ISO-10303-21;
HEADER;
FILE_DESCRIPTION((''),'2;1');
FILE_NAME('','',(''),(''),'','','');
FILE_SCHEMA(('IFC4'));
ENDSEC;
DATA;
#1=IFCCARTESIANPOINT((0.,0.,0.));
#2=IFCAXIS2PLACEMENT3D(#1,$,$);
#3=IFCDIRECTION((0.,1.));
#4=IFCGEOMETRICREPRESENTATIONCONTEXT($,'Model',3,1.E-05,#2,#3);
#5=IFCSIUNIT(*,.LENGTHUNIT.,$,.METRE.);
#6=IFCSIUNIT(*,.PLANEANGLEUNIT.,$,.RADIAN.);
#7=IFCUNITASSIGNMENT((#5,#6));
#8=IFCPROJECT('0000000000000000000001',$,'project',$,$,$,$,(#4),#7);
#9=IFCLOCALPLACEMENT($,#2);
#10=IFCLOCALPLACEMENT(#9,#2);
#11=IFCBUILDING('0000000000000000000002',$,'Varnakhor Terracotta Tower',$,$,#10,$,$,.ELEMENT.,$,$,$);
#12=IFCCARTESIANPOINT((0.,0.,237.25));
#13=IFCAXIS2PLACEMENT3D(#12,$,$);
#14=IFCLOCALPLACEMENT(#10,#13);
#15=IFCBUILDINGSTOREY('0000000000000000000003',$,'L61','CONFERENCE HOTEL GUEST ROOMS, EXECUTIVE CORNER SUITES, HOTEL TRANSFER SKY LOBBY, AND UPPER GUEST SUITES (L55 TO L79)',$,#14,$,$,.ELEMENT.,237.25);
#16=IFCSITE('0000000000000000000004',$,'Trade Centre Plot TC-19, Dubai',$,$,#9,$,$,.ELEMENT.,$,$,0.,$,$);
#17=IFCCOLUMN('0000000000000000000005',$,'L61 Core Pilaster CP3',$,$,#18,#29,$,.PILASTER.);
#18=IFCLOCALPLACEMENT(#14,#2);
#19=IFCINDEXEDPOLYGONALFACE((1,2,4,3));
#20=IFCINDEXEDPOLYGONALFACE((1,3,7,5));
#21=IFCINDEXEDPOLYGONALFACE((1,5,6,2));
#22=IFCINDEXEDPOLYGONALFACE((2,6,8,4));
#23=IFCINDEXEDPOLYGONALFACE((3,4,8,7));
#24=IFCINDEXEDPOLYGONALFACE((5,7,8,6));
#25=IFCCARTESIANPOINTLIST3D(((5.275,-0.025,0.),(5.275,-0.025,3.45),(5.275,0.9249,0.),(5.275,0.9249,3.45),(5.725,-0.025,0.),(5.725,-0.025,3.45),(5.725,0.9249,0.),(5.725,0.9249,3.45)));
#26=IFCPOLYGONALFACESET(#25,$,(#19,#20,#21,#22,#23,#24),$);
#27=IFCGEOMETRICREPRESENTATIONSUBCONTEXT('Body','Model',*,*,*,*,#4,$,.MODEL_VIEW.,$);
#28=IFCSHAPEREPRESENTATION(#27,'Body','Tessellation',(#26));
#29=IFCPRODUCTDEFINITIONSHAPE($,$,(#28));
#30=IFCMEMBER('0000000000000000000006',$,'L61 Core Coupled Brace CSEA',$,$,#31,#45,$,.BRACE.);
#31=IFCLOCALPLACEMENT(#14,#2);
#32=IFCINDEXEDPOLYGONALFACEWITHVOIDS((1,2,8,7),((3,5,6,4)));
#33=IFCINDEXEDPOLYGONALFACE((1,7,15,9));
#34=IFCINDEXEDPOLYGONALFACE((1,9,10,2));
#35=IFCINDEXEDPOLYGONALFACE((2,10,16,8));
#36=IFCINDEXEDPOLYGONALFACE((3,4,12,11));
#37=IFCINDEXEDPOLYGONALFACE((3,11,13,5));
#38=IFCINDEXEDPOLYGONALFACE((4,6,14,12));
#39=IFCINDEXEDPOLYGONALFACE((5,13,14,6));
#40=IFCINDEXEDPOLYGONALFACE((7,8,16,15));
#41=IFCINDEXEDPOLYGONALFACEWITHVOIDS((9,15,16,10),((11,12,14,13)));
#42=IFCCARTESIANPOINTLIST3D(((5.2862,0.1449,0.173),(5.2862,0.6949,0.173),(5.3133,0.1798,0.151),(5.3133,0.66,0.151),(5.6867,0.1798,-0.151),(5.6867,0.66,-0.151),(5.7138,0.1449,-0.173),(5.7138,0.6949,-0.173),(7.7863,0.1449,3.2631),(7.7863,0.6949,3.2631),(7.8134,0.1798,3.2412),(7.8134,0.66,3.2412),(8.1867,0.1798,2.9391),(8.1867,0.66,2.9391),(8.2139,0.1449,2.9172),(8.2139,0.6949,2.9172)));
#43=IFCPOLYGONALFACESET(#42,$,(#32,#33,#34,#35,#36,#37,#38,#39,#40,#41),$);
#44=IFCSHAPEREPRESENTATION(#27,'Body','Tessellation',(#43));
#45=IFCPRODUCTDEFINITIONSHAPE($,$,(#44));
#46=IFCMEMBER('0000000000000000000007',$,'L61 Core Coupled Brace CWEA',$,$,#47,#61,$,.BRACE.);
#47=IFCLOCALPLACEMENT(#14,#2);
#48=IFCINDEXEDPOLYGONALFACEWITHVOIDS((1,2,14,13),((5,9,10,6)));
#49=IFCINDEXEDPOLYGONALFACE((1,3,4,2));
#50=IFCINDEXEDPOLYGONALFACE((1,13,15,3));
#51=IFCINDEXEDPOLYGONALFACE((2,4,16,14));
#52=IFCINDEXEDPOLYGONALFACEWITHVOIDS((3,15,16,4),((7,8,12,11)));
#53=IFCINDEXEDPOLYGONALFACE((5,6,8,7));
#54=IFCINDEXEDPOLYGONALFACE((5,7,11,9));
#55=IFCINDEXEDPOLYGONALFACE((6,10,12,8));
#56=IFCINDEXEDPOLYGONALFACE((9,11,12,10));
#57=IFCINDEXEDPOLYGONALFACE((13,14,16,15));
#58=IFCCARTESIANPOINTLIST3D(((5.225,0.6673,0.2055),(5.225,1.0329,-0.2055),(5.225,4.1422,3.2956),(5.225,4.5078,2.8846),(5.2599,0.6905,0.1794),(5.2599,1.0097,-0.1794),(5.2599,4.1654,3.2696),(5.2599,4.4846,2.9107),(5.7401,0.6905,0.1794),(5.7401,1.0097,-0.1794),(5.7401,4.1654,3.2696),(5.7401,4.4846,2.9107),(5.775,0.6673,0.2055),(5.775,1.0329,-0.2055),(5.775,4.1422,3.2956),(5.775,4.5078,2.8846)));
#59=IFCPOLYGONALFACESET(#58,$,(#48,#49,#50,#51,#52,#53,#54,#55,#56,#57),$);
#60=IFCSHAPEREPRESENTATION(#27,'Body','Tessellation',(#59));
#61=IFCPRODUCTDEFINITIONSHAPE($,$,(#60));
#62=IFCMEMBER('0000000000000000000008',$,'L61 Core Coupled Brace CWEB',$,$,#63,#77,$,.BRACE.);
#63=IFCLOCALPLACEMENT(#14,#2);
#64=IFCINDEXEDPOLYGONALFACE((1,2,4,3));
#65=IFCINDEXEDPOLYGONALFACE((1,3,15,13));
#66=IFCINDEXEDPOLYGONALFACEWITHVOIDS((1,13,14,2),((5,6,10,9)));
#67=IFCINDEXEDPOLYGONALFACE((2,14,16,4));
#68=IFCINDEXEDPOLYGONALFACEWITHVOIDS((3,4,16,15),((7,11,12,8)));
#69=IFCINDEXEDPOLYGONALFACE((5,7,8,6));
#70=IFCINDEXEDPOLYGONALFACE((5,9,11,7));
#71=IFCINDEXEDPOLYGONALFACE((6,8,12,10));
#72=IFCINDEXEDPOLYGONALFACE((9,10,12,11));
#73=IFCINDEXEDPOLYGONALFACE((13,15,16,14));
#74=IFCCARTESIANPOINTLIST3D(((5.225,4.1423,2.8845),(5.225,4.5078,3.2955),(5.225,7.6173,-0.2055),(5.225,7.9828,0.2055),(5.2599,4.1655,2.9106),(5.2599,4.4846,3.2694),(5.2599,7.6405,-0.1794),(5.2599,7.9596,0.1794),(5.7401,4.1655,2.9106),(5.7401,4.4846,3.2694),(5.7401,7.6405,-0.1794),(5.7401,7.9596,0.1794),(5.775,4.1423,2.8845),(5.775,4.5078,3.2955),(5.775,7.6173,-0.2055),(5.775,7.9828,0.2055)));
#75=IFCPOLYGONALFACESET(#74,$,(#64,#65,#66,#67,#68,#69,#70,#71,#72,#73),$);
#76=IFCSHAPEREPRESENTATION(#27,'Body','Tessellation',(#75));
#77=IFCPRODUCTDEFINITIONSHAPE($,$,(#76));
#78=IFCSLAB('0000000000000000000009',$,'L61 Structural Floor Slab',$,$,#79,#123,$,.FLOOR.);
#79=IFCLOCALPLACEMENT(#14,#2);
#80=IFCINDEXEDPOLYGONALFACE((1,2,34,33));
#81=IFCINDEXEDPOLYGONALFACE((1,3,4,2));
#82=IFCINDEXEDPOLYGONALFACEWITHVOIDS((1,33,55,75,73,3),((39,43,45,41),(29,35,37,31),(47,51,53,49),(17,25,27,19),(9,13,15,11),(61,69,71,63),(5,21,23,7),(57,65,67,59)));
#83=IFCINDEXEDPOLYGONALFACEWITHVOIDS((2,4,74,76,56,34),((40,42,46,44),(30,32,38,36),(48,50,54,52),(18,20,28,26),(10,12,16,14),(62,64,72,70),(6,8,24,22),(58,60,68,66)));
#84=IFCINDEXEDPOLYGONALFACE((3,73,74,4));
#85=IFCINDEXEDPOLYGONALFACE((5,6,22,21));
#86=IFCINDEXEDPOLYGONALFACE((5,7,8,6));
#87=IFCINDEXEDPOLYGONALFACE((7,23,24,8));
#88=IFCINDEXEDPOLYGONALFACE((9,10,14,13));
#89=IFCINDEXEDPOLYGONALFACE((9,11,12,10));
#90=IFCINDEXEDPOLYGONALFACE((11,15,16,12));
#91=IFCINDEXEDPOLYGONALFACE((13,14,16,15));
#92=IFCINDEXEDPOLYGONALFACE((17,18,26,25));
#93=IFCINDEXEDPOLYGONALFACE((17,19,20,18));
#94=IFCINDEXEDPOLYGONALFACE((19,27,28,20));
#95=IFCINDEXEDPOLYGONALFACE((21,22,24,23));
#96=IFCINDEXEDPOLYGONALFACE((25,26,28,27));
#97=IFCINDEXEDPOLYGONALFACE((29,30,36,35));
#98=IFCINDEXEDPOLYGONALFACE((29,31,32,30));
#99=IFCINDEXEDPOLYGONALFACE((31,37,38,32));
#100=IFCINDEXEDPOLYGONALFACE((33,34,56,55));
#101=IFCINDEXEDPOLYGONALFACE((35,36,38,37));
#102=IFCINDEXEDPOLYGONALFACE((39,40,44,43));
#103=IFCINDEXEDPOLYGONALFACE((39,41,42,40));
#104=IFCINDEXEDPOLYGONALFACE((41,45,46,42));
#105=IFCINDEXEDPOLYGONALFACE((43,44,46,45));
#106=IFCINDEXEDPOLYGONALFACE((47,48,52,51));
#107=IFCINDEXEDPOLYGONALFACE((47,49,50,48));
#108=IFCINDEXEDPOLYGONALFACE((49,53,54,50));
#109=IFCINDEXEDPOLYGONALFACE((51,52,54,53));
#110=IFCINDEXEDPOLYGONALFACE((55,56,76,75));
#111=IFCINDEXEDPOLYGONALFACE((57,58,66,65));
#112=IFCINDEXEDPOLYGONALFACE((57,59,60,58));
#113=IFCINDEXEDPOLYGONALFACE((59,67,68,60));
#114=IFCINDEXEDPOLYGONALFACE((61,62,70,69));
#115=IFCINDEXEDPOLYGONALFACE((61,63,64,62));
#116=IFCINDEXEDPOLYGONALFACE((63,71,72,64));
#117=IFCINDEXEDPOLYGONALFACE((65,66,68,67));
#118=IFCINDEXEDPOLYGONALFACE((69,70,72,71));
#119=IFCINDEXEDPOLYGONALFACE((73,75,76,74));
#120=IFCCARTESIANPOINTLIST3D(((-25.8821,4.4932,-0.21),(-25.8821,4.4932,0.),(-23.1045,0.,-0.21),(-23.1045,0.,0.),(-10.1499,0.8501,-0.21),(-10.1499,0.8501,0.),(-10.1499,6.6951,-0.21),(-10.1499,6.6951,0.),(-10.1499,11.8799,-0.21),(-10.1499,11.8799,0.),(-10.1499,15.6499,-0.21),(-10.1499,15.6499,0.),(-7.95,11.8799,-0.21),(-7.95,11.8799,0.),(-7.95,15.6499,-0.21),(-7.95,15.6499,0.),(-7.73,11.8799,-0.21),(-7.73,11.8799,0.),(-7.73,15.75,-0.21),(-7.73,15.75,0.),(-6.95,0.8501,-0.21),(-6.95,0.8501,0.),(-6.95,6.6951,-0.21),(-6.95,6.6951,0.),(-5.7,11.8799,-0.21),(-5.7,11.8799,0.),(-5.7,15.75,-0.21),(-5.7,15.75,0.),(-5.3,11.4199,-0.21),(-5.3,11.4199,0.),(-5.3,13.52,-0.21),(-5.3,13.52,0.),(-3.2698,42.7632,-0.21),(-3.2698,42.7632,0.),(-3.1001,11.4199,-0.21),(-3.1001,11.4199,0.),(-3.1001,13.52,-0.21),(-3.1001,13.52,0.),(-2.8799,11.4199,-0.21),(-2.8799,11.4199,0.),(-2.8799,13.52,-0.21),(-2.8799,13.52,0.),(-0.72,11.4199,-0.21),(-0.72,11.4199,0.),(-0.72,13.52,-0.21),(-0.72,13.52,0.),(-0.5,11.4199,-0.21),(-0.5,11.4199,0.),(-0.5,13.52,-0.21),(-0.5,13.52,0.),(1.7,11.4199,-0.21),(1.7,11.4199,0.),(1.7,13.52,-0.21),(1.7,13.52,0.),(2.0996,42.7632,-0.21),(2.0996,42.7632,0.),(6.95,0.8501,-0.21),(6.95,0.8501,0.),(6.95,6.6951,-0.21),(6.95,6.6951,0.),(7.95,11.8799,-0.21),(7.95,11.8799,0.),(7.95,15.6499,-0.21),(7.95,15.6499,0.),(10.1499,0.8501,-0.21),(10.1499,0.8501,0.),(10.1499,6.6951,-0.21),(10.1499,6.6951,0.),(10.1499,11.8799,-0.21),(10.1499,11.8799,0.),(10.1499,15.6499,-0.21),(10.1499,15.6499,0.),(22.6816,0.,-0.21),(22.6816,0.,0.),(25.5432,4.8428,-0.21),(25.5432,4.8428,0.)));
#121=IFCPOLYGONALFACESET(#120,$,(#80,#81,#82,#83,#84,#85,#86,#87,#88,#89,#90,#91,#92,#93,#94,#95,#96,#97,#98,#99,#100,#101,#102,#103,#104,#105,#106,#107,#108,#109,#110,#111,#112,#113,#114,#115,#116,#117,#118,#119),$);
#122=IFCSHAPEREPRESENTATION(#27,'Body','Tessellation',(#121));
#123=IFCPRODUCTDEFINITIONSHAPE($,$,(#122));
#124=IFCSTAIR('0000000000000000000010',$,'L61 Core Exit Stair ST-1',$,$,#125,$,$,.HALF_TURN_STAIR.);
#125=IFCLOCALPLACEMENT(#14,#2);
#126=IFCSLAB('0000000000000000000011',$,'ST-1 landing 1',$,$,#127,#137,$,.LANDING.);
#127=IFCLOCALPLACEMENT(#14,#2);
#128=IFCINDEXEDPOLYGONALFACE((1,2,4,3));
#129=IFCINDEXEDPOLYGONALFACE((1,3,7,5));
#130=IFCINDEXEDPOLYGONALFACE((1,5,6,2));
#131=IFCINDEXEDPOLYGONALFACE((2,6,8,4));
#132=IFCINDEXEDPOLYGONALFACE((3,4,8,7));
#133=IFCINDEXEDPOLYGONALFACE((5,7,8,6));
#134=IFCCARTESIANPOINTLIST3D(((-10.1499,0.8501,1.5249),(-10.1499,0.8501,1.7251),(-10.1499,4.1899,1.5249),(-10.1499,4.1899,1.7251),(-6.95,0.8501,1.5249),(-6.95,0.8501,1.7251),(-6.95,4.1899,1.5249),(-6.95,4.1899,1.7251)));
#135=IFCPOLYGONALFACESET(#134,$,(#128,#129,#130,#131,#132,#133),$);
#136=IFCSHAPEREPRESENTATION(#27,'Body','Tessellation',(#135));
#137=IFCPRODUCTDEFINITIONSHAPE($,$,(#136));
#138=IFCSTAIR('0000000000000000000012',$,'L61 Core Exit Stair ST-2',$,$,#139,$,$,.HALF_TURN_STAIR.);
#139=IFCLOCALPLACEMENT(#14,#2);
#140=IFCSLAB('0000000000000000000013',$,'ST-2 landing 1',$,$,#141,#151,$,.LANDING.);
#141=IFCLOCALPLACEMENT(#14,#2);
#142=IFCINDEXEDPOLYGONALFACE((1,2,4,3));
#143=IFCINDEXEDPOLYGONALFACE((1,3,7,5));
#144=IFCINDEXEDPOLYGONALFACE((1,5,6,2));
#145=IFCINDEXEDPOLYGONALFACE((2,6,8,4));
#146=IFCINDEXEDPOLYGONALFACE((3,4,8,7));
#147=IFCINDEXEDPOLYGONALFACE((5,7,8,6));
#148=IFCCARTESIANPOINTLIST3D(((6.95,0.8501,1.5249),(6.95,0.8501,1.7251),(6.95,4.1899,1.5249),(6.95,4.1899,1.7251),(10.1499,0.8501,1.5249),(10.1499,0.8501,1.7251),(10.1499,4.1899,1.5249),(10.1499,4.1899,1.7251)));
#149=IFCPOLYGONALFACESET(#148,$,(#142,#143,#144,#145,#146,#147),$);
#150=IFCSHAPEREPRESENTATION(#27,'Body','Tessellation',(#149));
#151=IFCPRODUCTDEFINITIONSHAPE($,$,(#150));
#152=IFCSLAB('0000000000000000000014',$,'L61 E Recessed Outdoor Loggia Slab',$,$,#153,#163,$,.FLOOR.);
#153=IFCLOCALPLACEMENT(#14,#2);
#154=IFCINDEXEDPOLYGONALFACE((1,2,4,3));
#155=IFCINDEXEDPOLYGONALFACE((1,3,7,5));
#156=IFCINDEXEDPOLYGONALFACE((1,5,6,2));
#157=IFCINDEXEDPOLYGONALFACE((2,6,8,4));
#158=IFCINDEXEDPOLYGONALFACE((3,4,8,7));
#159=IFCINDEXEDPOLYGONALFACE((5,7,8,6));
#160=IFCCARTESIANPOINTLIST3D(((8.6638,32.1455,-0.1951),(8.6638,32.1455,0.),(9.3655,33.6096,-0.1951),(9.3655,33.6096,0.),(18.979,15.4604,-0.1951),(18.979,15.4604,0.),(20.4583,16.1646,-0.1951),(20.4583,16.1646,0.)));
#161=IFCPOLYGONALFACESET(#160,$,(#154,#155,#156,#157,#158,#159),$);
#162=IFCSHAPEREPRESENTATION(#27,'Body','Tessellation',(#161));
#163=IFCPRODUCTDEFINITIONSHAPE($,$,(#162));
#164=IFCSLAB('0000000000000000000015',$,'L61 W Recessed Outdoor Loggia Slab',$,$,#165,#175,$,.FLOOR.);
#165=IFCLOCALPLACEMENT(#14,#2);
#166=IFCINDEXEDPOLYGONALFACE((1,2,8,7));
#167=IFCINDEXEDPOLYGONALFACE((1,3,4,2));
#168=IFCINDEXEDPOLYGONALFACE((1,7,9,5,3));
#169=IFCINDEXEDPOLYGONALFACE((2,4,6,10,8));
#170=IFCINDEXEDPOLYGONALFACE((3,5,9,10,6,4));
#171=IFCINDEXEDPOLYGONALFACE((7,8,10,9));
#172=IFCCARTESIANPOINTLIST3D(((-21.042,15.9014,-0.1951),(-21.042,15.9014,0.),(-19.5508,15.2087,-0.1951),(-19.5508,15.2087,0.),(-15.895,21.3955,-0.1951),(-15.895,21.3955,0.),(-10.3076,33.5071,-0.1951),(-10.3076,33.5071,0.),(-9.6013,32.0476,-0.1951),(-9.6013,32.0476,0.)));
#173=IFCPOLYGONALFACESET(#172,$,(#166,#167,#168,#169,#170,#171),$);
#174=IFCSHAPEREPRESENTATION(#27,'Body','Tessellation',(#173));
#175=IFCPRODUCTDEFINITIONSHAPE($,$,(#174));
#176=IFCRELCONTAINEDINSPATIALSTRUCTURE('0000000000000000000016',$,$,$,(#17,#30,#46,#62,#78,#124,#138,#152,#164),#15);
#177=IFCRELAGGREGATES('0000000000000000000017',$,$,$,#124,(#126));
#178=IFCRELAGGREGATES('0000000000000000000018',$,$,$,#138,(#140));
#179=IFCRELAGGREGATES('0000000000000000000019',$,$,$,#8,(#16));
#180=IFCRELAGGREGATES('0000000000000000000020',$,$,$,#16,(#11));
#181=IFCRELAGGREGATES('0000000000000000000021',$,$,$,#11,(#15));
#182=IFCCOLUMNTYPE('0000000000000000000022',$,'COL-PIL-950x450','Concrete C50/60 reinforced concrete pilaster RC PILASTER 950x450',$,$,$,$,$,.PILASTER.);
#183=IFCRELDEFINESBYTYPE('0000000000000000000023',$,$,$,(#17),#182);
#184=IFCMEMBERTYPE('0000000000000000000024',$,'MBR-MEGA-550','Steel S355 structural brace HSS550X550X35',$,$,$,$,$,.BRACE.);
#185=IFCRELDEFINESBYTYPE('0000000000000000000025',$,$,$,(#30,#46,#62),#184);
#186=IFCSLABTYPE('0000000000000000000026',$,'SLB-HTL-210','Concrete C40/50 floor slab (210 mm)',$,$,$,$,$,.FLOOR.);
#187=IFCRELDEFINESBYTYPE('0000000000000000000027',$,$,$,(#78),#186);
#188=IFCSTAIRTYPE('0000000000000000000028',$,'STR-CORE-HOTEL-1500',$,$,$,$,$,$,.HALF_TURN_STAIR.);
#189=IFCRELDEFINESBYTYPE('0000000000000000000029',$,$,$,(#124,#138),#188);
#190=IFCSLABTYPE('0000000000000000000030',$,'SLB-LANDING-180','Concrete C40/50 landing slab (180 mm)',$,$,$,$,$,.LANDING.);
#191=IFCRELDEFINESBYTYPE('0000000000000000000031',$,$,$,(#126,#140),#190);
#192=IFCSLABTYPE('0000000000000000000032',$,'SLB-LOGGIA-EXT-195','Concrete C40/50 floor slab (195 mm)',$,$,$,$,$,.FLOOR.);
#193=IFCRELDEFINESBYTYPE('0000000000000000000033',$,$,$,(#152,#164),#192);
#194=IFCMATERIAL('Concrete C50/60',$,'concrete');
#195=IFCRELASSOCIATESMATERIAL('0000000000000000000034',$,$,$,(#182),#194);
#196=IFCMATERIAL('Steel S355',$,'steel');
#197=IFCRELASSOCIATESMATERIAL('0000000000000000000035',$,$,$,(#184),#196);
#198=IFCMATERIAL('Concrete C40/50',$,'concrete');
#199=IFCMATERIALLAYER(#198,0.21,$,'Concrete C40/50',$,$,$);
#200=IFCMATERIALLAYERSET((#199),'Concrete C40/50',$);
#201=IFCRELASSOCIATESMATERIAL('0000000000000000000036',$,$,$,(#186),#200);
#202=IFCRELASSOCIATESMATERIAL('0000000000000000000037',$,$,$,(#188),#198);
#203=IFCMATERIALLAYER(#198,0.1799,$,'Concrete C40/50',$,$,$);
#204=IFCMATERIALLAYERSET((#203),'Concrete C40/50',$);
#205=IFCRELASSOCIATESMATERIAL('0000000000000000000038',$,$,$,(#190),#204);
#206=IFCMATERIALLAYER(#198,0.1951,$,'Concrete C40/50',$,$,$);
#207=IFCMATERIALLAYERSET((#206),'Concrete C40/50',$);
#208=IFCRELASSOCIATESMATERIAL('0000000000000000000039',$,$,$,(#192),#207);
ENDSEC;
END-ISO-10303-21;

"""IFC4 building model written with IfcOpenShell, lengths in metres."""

from ifc_helpers import new_model, si_unit, direction, frame, origin, origin_2d, place, context, subcontext, project, spatial, polyline, rectangle, hollow_rectangle, outline, extrude, source, transform, mapped, material, layer, layer_set, material_profile, profile_set, type_object, element, aggregate, save


model = new_model("IFC4")

# Units and contexts
model_context = context("Model", 3, precision=1e-05, world=origin(), true_north=direction((0.0, 1.0)))
body_context = subcontext(model_context, "Body", "Model", "MODEL_VIEW")
ifc_project = project(units=[si_unit("LENGTHUNIT", "METRE"), si_unit("PLANEANGLEUNIT", "RADIAN")], contexts=[model_context])

# Site, building, storey
site_placement = place(None, origin())
site = spatial("IfcSite", under=ifc_project, at=site_placement, Name="Trade Centre Plot TC-19, Dubai", CompositionType="ELEMENT", RefElevation=0.0)
building_placement = place(site_placement, origin())
building = spatial("IfcBuilding", under=site, at=building_placement, Name="Varnakhor Terracotta Tower", CompositionType="ELEMENT")
storey_placement = place(building_placement, frame((0.0, 0.0, 237.25)))
storey = spatial("IfcBuildingStorey", under=building, at=storey_placement, Name="L61", Description="CONFERENCE HOTEL GUEST ROOMS, EXECUTIVE CORNER SUITES, HOTEL TRANSFER SKY LOBBY, AND UPPER GUEST SUITES (L55 TO L79)", CompositionType="ELEMENT", Elevation=237.25)

# Column
ifc_material_1 = material(Name="Concrete C50/60", Category="concrete")
ifc_material_profile_1 = material_profile(ifc_material_1, rectangle(XDim=0.45, YDim=0.95, at=origin_2d()), Name="RC PILASTER 950x450")
ifc_profile_set_1 = profile_set([ifc_material_profile_1], Name="Concrete C50/60")
column_type = type_object("IfcColumnType", Name="COL-PIL-950x450", Description="Concrete C50/60 reinforced concrete pilaster RC PILASTER 950x450", PredefinedType="PILASTER", material=ifc_profile_set_1)
shared_shape_1 = source(origin(), body_context, "Body", "SweptSolid", [
    extrude(rectangle(XDim=0.45, YDim=0.95, at=origin_2d()), origin(), (0.0, 0.0, 1.0), 3.45),
])
column_placement = place(storey_placement, frame((5.5, 0.45, 0.0), z_axis=(0.0, 0.0, 1.0), x_axis=(1.0, 0.0, 0.0)))
element("IfcColumn", 1, at=column_placement, inside=storey, type_object=column_type, Name="L61 Core Pilaster CP3", PredefinedType="PILASTER", context=body_context, shape_type="MappedRepresentation", body=[
    mapped(shared_shape_1, transform((0.0, 0.0, 0.0), scale=1.0)),
])

# Members
ifc_material_2 = material(Name="Steel S355", Category="steel")
ifc_material_profile_2 = material_profile(ifc_material_2, hollow_rectangle(XDim=0.55, YDim=0.55, WallThickness=0.0349, at=origin_2d()), Name="HSS550X550X35")
ifc_profile_set_2 = profile_set([ifc_material_profile_2], Name="Steel S355")
member_type = type_object("IfcMemberType", Name="MBR-MEGA-550", Description="Steel S355 structural brace HSS550X550X35", PredefinedType="BRACE", material=ifc_profile_set_2)
shared_shape_2 = source(origin(), body_context, "Body", "SweptSolid", [
    extrude(hollow_rectangle(XDim=0.55, YDim=0.55, WallThickness=0.0349, at=origin_2d()), origin(), (0.0, 0.0, 1.0), 3.9749),
])
member_placement = place(storey_placement, frame((5.5, 0.4199, 0.0), z_axis=(0.62897, 0.0, 0.777429), x_axis=(0.0, 1.0, 0.0)))
element("IfcMember", 2, at=member_placement, inside=storey, type_object=member_type, Name="L61 Core Coupled Brace CSEA", PredefinedType="BRACE", context=body_context, shape_type="MappedRepresentation", body=[
    mapped(shared_shape_2, transform((0.0, 0.0, 0.0), scale=1.0)),
])
shared_shape_3 = source(origin(), body_context, "Body", "SweptSolid", [
    extrude(hollow_rectangle(XDim=0.55, YDim=0.55, WallThickness=0.0349, at=origin_2d()), origin(), (0.0, 0.0, 1.0), 4.6501),
])
for number, where, z_axis, x_axis, name in (
    (3, (5.5, 0.8501, 0.0), (0.0, 0.747267, 0.664524), (-1.0, 0.0, 0.0), "L61 Core Coupled Brace CWEA"),
    (4, (5.5, 7.8, 0.0), (0.0, -0.747291, 0.664497), (1.0, 0.0, 0.0), "L61 Core Coupled Brace CWEB"),
):
    element("IfcMember", number, at=place(storey_placement, frame(where, z_axis=z_axis, x_axis=x_axis)), inside=storey, type_object=member_type, Name=name, PredefinedType="BRACE", context=body_context, shape_type="MappedRepresentation", body=[
        mapped(shared_shape_3, transform((0.0, 0.0, 0.0), scale=1.0)),
    ])

# Slab
ifc_material_3 = material(Name="Concrete C40/50", Category="concrete")
ifc_layer_1 = layer(ifc_material_3, 0.21, Name="Concrete C40/50")
ifc_layer_set_1 = layer_set([ifc_layer_1], Name="Concrete C40/50")
slab_type_1 = type_object("IfcSlabType", Name="SLB-HTL-210", Description="Concrete C40/50 floor slab (210 mm)", PredefinedType="FLOOR", material=ifc_layer_set_1)
slab_1_placement = place(storey_placement, frame((0.0, 0.0, -0.21)))
element("IfcSlab", 5, at=slab_1_placement, inside=storey, type_object=slab_type_1, Name="L61 Structural Floor Slab", PredefinedType="FLOOR", context=body_context, shape_type="SweptSolid", body=[
    extrude(outline(polyline([(-25.8821, 4.4932), (-3.2698, 42.7632), (2.0996, 42.7632), (25.5432, 4.8428), (22.6816, 0.0), (-23.1045, 0.0), (-25.8821, 4.4932)]), holes=[polyline([(-6.95, 0.8501), (-6.95, 6.6951), (-10.1499, 6.6951), (-10.1499, 0.8501), (-6.95, 0.8501)]), polyline([(10.1499, 0.8501), (10.1499, 6.6951), (6.95, 6.6951), (6.95, 0.8501), (10.1499, 0.8501)]), polyline([(-3.1001, 11.4199), (-3.1001, 13.52), (-5.3, 13.52), (-5.3, 11.4199), (-3.1001, 11.4199)]), polyline([(-0.72, 11.4199), (-0.72, 13.52), (-2.8799, 13.52), (-2.8799, 11.4199), (-0.72, 11.4199)]), polyline([(1.7, 11.4199), (1.7, 13.52), (-0.5, 13.52), (-0.5, 11.4199), (1.7, 11.4199)]), polyline([(-7.95, 11.8799), (-7.95, 15.6499), (-10.1499, 15.6499), (-10.1499, 11.8799), (-7.95, 11.8799)]), polyline([(10.1499, 11.8799), (10.1499, 15.6499), (7.95, 15.6499), (7.95, 11.8799), (10.1499, 11.8799)]), polyline([(-5.7, 11.8799), (-5.7, 15.75), (-7.73, 15.75), (-7.73, 11.8799), (-5.7, 11.8799)])]), origin(), (0.0, 0.0, 1.0), 0.21),
])

# Stairs, slabs
stair_type = type_object("IfcStairType", Name="STR-CORE-HOTEL-1500", PredefinedType="HALF_TURN_STAIR", material=ifc_material_3)
stair_1_placement = place(storey_placement, origin())
stair_1 = element("IfcStair", 6, at=stair_1_placement, inside=storey, type_object=stair_type, Name="L61 Core Exit Stair ST-1", PredefinedType="HALF_TURN_STAIR")
ifc_layer_2 = layer(ifc_material_3, 0.1799, Name="Concrete C40/50")
ifc_layer_set_2 = layer_set([ifc_layer_2], Name="Concrete C40/50")
slab_type_2 = type_object("IfcSlabType", Name="SLB-LANDING-180", Description="Concrete C40/50 landing slab (180 mm)", PredefinedType="LANDING", material=ifc_layer_set_2)
slab_2_placement = place(storey_placement, frame((0.0, 0.0, 1.5249)))
slab_2 = element("IfcSlab", 7, at=slab_2_placement, type_object=slab_type_2, Name="ST-1 landing 1", PredefinedType="LANDING", context=body_context, shape_type="SweptSolid", body=[
    extrude(outline(polyline([(-10.1499, 4.1899), (-10.1499, 0.8501), (-6.95, 0.8501), (-6.95, 4.1899), (-10.1499, 4.1899)])), origin(), (0.0, 0.0, 1.0), 0.2002),
])
aggregate(stair_1, [slab_2])
stair_2_placement = place(storey_placement, origin())
stair_2 = element("IfcStair", 8, at=stair_2_placement, inside=storey, type_object=stair_type, Name="L61 Core Exit Stair ST-2", PredefinedType="HALF_TURN_STAIR")
slab_3_placement = place(storey_placement, frame((0.0, 0.0, 1.5249)))
slab_3 = element("IfcSlab", 9, at=slab_3_placement, type_object=slab_type_2, Name="ST-2 landing 1", PredefinedType="LANDING", context=body_context, shape_type="SweptSolid", body=[
    extrude(outline(polyline([(6.95, 4.1899), (6.95, 0.8501), (10.1499, 0.8501), (10.1499, 4.1899), (6.95, 4.1899)])), origin(), (0.0, 0.0, 1.0), 0.2002),
])

# Slabs
ifc_layer_3 = layer(ifc_material_3, 0.1951, Name="Concrete C40/50")
ifc_layer_set_3 = layer_set([ifc_layer_3], Name="Concrete C40/50")
slab_type_3 = type_object("IfcSlabType", Name="SLB-LOGGIA-EXT-195", Description="Concrete C40/50 floor slab (195 mm)", PredefinedType="FLOOR", material=ifc_layer_set_3)
slab_4_placement = place(storey_placement, frame((0.0, 0.0, -0.1951)))
element("IfcSlab", 10, at=slab_4_placement, inside=storey, type_object=slab_type_3, Name="L61 E Recessed Outdoor Loggia Slab", PredefinedType="FLOOR", context=body_context, shape_type="SweptSolid", body=[
    extrude(outline(polyline([(9.3655, 33.6096), (20.4583, 16.1646), (18.979, 15.4604), (8.6638, 32.1455), (9.3655, 33.6096)])), origin(), (0.0, 0.0, 1.0), 0.1951),
])
slab_5_placement = place(storey_placement, frame((0.0, 0.0, -0.1951)))
element("IfcSlab", 11, at=slab_5_placement, inside=storey, type_object=slab_type_3, Name="L61 W Recessed Outdoor Loggia Slab", PredefinedType="FLOOR", context=body_context, shape_type="SweptSolid", body=[
    extrude(outline(polyline([(-21.042, 15.9014), (-10.3076, 33.5071), (-9.6013, 32.0476), (-15.895, 21.3955), (-19.5508, 15.2087), (-21.042, 15.9014)])), origin(), (0.0, 0.0, 1.0), 0.1951),
])

aggregate(stair_2, [slab_3])

save(model, "model.ifc")
